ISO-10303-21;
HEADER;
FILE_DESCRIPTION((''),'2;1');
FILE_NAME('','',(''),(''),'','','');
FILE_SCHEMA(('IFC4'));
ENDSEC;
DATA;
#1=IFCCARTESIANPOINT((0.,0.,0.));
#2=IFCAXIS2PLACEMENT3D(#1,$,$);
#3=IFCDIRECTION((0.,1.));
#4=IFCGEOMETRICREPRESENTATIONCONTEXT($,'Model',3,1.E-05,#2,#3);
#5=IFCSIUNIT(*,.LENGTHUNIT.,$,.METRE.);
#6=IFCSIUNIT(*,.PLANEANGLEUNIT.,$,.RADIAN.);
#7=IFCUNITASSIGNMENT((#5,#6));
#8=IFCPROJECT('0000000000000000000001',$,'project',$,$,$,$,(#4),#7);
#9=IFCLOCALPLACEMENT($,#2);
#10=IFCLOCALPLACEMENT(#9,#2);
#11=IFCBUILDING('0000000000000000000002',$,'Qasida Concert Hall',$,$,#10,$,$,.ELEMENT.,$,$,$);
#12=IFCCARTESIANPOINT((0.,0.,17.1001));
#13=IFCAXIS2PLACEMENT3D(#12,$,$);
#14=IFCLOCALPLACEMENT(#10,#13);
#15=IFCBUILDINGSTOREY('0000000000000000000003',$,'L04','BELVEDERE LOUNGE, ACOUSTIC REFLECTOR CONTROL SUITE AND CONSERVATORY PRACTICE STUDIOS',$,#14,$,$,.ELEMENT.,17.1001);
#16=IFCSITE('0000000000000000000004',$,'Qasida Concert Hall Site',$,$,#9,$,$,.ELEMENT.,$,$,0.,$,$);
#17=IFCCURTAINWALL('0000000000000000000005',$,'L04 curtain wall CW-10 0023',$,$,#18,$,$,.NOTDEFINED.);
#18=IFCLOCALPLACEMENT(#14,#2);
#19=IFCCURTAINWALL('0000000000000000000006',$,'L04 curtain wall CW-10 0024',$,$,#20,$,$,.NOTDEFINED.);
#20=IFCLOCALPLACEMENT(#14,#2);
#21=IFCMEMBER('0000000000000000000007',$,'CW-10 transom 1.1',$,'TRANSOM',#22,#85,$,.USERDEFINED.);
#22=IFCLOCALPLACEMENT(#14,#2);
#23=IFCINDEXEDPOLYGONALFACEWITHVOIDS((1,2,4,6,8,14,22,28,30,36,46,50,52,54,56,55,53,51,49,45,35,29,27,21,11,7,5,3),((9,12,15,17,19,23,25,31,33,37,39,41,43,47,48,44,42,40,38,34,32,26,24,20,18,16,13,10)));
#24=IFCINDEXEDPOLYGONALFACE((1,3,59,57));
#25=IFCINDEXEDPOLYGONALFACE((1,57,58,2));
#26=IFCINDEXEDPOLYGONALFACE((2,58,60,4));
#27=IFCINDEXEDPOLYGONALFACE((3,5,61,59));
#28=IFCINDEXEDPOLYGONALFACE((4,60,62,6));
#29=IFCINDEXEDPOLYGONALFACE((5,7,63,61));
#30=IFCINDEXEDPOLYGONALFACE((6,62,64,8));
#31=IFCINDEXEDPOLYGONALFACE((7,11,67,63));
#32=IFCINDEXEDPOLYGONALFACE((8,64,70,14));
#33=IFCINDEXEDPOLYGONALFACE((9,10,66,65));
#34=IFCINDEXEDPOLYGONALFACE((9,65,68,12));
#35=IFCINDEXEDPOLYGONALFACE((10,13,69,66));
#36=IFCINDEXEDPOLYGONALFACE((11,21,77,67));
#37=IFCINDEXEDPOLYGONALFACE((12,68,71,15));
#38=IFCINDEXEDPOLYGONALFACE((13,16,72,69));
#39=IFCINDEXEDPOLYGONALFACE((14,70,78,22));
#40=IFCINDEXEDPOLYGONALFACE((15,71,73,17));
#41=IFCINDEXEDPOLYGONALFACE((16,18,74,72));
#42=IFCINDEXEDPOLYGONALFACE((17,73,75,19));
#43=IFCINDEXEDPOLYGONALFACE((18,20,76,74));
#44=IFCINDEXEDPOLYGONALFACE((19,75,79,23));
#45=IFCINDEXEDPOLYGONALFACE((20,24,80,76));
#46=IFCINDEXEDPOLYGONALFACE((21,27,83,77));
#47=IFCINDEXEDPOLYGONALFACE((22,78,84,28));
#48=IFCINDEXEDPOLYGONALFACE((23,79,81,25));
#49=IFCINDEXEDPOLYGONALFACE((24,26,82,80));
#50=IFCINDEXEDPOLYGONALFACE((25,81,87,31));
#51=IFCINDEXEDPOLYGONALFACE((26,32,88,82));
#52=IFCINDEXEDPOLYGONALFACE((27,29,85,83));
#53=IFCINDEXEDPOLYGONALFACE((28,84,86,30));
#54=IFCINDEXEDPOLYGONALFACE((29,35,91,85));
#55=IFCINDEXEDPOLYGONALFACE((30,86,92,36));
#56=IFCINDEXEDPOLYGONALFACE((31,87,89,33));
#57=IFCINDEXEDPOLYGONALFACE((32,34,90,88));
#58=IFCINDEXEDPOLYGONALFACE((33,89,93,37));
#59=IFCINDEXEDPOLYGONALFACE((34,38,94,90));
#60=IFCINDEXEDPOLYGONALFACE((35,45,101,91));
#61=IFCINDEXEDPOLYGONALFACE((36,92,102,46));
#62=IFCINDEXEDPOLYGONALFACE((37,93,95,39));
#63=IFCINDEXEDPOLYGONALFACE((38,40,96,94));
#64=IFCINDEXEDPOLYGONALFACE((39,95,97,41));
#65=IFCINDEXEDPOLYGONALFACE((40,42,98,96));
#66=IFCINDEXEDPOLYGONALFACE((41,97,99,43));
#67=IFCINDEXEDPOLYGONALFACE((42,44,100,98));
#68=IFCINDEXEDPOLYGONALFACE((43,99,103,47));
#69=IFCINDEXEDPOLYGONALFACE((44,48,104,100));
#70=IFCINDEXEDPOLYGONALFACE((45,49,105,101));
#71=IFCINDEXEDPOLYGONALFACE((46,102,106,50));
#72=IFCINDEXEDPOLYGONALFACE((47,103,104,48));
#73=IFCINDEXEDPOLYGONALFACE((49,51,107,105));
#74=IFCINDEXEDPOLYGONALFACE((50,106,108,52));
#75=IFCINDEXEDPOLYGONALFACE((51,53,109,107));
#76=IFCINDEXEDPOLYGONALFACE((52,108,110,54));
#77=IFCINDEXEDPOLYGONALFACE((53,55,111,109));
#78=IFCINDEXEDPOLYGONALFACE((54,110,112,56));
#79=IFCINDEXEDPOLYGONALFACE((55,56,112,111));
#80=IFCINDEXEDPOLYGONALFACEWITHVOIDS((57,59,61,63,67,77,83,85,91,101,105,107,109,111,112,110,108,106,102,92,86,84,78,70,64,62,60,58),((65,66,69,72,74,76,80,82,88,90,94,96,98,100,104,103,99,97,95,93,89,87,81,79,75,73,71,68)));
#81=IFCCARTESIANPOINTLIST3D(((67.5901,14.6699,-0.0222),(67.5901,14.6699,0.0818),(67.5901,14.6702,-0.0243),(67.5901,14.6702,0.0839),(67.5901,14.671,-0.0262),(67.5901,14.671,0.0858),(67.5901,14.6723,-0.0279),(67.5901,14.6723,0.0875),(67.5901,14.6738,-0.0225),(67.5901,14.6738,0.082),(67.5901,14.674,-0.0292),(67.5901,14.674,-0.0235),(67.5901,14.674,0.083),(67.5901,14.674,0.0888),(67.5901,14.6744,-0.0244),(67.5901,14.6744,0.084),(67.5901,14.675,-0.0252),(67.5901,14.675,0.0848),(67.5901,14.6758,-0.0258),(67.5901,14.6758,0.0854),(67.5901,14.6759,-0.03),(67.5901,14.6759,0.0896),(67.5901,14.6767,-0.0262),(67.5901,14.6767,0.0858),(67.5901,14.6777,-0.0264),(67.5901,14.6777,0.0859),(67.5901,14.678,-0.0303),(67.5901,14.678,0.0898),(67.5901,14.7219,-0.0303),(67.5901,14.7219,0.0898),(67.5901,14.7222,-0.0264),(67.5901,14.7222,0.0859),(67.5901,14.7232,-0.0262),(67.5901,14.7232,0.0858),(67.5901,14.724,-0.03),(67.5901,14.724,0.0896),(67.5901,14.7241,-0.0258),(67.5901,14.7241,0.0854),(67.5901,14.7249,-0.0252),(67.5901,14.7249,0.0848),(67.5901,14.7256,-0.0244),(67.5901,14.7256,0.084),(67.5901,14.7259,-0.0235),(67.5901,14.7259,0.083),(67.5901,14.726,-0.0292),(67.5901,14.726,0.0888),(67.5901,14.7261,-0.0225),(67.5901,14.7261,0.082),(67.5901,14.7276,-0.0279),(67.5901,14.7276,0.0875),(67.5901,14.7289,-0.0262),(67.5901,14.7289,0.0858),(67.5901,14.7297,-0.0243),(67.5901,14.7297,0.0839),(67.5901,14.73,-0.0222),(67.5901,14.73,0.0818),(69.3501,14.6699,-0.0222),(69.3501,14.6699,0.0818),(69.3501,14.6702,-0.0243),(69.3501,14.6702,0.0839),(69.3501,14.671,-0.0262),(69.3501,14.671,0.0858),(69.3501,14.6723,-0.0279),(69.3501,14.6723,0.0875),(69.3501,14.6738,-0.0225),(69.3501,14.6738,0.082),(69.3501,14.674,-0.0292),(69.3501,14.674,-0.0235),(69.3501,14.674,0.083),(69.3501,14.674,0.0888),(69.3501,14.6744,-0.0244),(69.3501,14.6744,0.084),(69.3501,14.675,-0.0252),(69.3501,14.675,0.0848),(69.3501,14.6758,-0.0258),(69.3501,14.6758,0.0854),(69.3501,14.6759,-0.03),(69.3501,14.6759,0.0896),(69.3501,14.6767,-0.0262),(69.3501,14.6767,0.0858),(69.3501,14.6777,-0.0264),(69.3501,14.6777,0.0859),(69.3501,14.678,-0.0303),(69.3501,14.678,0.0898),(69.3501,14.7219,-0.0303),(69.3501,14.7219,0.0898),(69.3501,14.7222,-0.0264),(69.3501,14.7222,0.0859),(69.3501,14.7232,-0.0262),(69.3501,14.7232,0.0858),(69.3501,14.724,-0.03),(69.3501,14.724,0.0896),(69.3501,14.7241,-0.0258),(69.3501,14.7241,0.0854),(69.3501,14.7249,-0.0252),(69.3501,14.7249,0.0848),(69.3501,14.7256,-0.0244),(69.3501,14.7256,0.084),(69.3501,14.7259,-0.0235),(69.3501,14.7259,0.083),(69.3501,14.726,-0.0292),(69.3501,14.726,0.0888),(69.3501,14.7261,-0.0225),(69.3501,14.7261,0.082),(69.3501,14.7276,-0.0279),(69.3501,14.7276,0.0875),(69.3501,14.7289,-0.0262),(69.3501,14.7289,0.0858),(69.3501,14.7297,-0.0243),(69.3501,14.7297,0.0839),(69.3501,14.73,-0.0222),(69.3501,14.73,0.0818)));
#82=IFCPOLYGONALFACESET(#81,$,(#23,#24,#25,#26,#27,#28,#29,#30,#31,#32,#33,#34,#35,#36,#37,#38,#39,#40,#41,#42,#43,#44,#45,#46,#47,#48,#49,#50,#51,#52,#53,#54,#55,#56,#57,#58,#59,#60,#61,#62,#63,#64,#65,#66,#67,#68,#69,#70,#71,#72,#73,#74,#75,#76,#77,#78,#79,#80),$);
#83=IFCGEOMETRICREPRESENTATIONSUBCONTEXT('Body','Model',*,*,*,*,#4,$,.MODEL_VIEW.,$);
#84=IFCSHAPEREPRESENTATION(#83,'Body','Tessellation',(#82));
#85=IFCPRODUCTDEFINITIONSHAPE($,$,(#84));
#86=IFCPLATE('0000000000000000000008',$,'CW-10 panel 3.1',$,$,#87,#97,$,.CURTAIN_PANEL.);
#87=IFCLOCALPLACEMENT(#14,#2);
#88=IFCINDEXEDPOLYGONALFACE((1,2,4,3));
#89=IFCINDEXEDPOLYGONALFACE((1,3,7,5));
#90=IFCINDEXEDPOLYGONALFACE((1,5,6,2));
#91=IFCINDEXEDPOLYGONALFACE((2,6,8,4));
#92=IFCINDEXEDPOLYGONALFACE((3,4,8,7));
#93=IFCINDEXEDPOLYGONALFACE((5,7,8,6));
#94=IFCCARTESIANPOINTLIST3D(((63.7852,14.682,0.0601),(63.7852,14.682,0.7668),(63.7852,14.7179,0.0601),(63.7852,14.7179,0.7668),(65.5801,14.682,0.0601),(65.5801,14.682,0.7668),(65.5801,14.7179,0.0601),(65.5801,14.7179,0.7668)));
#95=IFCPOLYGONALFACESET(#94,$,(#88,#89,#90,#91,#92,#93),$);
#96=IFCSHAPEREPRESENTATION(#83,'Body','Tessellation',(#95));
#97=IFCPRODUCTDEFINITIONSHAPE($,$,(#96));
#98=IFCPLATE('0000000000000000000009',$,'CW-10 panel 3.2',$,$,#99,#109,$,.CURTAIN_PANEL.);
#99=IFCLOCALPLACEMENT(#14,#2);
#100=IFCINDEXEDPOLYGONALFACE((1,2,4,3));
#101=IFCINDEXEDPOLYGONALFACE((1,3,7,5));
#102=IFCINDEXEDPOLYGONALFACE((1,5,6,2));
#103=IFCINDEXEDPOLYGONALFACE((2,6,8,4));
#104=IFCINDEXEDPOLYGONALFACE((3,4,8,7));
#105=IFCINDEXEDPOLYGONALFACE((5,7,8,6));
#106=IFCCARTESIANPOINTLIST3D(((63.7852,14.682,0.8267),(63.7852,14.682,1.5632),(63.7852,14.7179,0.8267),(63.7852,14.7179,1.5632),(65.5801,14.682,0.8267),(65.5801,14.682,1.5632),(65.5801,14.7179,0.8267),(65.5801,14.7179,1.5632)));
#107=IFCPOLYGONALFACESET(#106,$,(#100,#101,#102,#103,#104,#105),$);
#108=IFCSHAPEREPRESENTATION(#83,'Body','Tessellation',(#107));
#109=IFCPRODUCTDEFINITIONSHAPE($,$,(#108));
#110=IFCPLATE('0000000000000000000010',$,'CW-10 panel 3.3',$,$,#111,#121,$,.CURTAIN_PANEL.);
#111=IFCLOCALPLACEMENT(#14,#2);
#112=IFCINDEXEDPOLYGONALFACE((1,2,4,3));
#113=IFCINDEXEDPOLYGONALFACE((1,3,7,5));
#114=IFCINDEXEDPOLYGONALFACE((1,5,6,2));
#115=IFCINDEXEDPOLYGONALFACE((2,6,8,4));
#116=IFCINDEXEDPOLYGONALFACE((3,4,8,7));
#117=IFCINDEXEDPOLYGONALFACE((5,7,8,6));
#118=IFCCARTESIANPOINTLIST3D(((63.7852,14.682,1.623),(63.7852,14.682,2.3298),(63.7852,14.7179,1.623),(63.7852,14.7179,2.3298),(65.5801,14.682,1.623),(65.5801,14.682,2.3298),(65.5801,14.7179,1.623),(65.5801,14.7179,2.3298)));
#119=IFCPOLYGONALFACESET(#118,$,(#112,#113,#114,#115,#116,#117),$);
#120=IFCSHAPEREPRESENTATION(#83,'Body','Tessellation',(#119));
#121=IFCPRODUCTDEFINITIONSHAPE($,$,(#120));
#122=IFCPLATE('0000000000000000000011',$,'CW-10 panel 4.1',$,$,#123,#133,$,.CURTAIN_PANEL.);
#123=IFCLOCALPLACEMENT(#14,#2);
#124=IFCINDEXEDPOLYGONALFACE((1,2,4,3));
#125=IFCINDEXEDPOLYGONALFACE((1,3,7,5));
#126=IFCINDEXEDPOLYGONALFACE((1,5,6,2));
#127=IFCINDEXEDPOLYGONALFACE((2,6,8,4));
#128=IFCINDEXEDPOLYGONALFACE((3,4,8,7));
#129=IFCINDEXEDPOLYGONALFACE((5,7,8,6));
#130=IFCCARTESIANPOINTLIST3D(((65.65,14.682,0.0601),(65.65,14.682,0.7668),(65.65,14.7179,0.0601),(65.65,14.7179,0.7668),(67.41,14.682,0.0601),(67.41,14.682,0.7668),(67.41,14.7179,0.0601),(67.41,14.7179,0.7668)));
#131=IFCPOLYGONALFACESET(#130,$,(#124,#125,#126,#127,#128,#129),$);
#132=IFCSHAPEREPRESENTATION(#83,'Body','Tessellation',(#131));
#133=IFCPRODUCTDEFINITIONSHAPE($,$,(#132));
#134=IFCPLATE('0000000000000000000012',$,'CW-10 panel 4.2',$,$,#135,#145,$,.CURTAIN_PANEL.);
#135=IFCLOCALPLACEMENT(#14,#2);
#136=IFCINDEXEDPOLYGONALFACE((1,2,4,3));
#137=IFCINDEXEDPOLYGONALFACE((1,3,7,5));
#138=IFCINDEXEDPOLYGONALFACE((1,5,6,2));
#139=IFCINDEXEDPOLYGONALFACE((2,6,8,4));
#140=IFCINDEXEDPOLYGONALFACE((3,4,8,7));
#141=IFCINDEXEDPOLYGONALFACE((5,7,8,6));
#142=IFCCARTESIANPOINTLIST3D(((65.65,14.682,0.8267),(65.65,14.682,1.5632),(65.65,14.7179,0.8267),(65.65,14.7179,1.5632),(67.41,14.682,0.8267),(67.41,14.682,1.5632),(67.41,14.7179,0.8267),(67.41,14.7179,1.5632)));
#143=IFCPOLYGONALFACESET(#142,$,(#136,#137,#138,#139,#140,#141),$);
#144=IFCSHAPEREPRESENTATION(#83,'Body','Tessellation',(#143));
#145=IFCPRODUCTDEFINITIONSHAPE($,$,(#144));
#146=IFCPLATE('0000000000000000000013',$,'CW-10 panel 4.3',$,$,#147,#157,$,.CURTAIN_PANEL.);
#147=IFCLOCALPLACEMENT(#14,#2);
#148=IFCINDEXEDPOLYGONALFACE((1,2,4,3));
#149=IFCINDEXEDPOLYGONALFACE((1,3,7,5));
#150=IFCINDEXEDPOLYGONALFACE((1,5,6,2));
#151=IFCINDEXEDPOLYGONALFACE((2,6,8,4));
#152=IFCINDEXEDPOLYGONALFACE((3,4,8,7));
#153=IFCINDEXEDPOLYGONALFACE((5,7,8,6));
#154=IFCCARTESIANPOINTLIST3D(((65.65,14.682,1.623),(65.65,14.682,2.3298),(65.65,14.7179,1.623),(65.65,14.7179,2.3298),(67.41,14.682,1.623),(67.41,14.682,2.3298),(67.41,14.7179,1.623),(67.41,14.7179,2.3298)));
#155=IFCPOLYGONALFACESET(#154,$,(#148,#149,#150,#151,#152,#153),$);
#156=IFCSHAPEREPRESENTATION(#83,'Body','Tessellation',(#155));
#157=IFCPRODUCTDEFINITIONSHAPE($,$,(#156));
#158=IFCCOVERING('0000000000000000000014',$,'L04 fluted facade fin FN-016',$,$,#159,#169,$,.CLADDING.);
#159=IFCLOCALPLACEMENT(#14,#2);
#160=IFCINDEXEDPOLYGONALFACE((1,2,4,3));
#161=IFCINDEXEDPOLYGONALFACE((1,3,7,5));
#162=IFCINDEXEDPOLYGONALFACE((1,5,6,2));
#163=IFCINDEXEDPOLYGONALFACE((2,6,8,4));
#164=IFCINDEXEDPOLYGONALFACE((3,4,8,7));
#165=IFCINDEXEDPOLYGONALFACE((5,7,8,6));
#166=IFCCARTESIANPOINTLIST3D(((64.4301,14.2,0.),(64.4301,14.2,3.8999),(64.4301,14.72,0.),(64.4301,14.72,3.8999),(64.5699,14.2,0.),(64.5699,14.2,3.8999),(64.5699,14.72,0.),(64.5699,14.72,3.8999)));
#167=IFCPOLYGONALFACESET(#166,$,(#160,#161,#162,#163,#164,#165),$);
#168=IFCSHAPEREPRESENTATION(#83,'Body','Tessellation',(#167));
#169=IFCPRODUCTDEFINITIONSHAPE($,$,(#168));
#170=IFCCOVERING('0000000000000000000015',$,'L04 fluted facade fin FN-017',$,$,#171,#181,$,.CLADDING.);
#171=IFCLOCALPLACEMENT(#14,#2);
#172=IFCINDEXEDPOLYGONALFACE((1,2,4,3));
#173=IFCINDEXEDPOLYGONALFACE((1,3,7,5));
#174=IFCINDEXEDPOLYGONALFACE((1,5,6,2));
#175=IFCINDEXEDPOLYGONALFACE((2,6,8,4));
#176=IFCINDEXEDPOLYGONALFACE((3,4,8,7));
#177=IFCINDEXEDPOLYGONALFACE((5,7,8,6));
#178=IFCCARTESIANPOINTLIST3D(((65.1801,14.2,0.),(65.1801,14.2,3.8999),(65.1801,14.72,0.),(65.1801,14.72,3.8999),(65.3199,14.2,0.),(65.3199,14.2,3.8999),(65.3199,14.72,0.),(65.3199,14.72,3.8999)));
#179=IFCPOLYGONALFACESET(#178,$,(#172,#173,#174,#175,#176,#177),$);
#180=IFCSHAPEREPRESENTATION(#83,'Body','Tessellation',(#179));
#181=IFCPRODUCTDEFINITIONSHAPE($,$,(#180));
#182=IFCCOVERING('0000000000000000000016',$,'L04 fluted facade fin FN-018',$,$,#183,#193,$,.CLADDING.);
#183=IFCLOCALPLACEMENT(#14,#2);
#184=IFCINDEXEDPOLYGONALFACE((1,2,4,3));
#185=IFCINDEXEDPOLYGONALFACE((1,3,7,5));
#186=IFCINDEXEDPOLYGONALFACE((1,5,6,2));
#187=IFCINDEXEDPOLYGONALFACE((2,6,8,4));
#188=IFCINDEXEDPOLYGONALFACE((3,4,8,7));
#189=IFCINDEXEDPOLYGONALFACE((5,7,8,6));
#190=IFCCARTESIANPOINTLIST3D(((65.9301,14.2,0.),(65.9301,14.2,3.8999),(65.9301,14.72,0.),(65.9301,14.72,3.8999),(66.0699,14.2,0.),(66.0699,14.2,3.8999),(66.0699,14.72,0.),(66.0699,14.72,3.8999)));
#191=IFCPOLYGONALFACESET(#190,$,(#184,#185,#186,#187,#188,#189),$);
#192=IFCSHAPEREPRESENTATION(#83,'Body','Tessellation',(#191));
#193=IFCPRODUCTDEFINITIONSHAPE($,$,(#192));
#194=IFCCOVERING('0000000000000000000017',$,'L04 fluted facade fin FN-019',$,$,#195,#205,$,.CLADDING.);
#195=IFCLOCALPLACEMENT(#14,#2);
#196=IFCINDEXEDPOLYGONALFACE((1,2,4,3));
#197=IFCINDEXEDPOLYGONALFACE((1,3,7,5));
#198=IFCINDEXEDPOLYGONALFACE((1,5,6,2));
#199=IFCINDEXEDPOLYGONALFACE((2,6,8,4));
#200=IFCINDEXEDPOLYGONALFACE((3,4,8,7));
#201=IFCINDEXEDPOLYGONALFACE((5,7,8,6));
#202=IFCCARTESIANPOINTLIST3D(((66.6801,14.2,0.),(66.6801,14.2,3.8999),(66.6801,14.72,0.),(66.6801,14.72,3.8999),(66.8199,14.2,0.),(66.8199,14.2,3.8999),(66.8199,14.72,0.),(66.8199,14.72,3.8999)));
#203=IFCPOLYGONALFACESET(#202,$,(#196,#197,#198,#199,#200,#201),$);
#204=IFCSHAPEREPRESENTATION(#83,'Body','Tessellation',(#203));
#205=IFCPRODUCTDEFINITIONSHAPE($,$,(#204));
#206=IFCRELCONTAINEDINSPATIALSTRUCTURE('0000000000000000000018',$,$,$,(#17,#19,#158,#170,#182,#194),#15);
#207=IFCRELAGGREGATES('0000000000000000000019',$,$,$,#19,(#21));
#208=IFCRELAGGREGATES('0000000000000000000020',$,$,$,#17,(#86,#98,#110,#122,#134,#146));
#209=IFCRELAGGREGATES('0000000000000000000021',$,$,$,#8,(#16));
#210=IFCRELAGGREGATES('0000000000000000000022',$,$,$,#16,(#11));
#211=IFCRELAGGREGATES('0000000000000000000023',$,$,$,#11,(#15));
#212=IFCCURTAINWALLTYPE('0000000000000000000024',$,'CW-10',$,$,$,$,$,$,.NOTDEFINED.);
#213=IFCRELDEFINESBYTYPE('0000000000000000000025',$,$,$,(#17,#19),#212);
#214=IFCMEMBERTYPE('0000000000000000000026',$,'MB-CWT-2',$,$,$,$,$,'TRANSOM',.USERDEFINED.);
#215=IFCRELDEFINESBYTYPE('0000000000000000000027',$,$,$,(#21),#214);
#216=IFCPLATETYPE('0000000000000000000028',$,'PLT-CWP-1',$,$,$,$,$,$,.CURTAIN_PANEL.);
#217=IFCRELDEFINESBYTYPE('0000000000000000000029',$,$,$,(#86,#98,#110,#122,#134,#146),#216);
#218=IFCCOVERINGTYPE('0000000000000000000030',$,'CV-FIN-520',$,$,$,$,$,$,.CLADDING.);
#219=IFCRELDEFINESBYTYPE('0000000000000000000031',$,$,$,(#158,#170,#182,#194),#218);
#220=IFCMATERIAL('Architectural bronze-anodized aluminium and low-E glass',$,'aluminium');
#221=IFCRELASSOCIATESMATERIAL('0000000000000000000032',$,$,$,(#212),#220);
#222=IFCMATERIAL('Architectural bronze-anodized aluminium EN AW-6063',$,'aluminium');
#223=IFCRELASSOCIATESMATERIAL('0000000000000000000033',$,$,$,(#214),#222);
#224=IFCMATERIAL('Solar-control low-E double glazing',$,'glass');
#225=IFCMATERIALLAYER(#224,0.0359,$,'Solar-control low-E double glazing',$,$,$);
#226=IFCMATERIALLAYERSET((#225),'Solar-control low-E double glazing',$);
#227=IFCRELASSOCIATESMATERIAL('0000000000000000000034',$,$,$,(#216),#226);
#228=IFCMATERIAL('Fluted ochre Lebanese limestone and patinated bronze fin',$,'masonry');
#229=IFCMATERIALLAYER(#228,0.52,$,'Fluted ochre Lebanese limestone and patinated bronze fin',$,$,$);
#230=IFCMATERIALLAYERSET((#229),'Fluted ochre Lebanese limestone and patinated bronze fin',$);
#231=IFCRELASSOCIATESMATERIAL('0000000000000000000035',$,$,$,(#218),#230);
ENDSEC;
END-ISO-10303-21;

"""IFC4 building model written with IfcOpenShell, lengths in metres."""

from ifc_helpers import new_model, si_unit, direction, frame, origin, origin_2d, place, context, subcontext, project, spatial, rectangle, hollow_rectangle, extrude, material, layer, layer_set, material_profile, profile_set, type_object, element, aggregate, save


model = new_model("IFC4")

# Units and contexts
model_context = context("Model", 3, precision=1e-05, world=origin(), true_north=direction((0.0, 1.0)))
body_context = subcontext(model_context, "Body", "Model", "MODEL_VIEW")
ifc_project = project(units=[si_unit("LENGTHUNIT", "METRE"), si_unit("PLANEANGLEUNIT", "RADIAN")], contexts=[model_context])

# Site, building, storey
site_placement = place(None, origin())
site = spatial("IfcSite", under=ifc_project, at=site_placement, Name="Qasida Concert Hall Site", CompositionType="ELEMENT", RefElevation=0.0)
building_placement = place(site_placement, origin())
building = spatial("IfcBuilding", under=site, at=building_placement, Name="Qasida Concert Hall", CompositionType="ELEMENT")
storey_placement = place(building_placement, frame((0.0, 0.0, 17.1001)))
storey = spatial("IfcBuildingStorey", under=building, at=storey_placement, Name="L04", Description="BELVEDERE LOUNGE, ACOUSTIC REFLECTOR CONTROL SUITE AND CONSERVATORY PRACTICE STUDIOS", CompositionType="ELEMENT", Elevation=17.1001)

# Curtain wall
ifc_material_1 = material(Name="Architectural bronze-anodized aluminium and low-E glass", Category="aluminium")
curtain_wall_type = type_object("IfcCurtainWallType", Name="CW-10", PredefinedType="NOTDEFINED", material=ifc_material_1)
curtain_wall_1_placement = place(storey_placement, origin())
curtain_wall_1 = element("IfcCurtainWall", 1, at=curtain_wall_1_placement, inside=storey, type_object=curtain_wall_type, Name="L04 curtain wall CW-10 0023", PredefinedType="NOTDEFINED")
ifc_material_2 = material(Name="Architectural bronze-anodized aluminium EN AW-6063", Category="aluminium")

# Curtain wall
curtain_wall_2_placement = place(storey_placement, origin())
curtain_wall_2 = element("IfcCurtainWall", 2, at=curtain_wall_2_placement, inside=storey, type_object=curtain_wall_type, Name="L04 curtain wall CW-10 0024", PredefinedType="NOTDEFINED")

# Member
ifc_material_profile_1 = material_profile(ifc_material_2, hollow_rectangle(XDim=0.0601, YDim=0.1201, WallThickness=0.0039, InnerFilletRadius=0.0039, OuterFilletRadius=0.0081, at=origin_2d()), Name="CWT 120x60x4")
ifc_profile_set_1 = profile_set([ifc_material_profile_1], Name="Architectural bronze-anodized aluminium EN AW-6063")
member_type_1 = type_object("IfcMemberType", Name="MB-CWT-2", ElementType="TRANSOM", PredefinedType="USERDEFINED", material=ifc_profile_set_1)
member_1_placement = place(storey_placement, frame((67.5901, 14.7, 0.0298), z_axis=(1.0, 0.0, 0.0), x_axis=(0.0, 1.0, 0.0)))
member_1 = element("IfcMember", 3, at=member_1_placement, type_object=member_type_1, Name="CW-10 transom 1.1", ObjectType="TRANSOM", PredefinedType="USERDEFINED", context=body_context, shape_type="SweptSolid", body=[
    extrude(hollow_rectangle(XDim=0.0601, YDim=0.1201, WallThickness=0.0039, InnerFilletRadius=0.0039, OuterFilletRadius=0.0081, at=origin_2d()), origin(), (0.0, 0.0, 1.0), 1.76),
])
aggregate(curtain_wall_2, [member_1])

# Plates
ifc_material_3 = material(Name="Solar-control low-E double glazing", Category="glass")
ifc_layer_1 = layer(ifc_material_3, 0.0359, Name="Solar-control low-E double glazing")
ifc_layer_set_1 = layer_set([ifc_layer_1], Name="Solar-control low-E double glazing")
plate_type = type_object("IfcPlateType", Name="PLT-CWP-1", PredefinedType="CURTAIN_PANEL", material=ifc_layer_set_1)
plate_1_placement = place(storey_placement, frame((64.6826, 14.7, 0.0601), z_axis=(0.0, 0.0, 1.0), x_axis=(1.0, 0.0, 0.0)))
plate_1 = element("IfcPlate", 4, at=plate_1_placement, type_object=plate_type, Name="CW-10 panel 3.1", PredefinedType="CURTAIN_PANEL", context=body_context, shape_type="SweptSolid", body=[
    extrude(rectangle(XDim=1.7949, YDim=0.0359, at=origin_2d()), origin(), (0.0, 0.0, 1.0), 0.7068),
])
plate_2_placement = place(storey_placement, frame((64.6826, 14.7, 0.8267), z_axis=(0.0, 0.0, 1.0), x_axis=(1.0, 0.0, 0.0)))
plate_2 = element("IfcPlate", 5, at=plate_2_placement, type_object=plate_type, Name="CW-10 panel 3.2", PredefinedType="CURTAIN_PANEL", context=body_context, shape_type="SweptSolid", body=[
    extrude(rectangle(XDim=1.7949, YDim=0.0359, at=origin_2d()), origin(), (0.0, 0.0, 1.0), 0.7366),
])
plate_3_placement = place(storey_placement, frame((64.6826, 14.7, 1.623), z_axis=(0.0, 0.0, 1.0), x_axis=(1.0, 0.0, 0.0)))
plate_3 = element("IfcPlate", 6, at=plate_3_placement, type_object=plate_type, Name="CW-10 panel 3.3", PredefinedType="CURTAIN_PANEL", context=body_context, shape_type="SweptSolid", body=[
    extrude(rectangle(XDim=1.7949, YDim=0.0359, at=origin_2d()), origin(), (0.0, 0.0, 1.0), 0.7068),
])
plate_4_placement = place(storey_placement, frame((66.53, 14.7, 0.0601), z_axis=(0.0, 0.0, 1.0), x_axis=(1.0, 0.0, 0.0)))
plate_4 = element("IfcPlate", 7, at=plate_4_placement, type_object=plate_type, Name="CW-10 panel 4.1", PredefinedType="CURTAIN_PANEL", context=body_context, shape_type="SweptSolid", body=[
    extrude(rectangle(XDim=1.76, YDim=0.0359, at=origin_2d()), origin(), (0.0, 0.0, 1.0), 0.7068),
])
plate_5_placement = place(storey_placement, frame((66.53, 14.7, 0.8267), z_axis=(0.0, 0.0, 1.0), x_axis=(1.0, 0.0, 0.0)))
plate_5 = element("IfcPlate", 8, at=plate_5_placement, type_object=plate_type, Name="CW-10 panel 4.2", PredefinedType="CURTAIN_PANEL", context=body_context, shape_type="SweptSolid", body=[
    extrude(rectangle(XDim=1.76, YDim=0.0359, at=origin_2d()), origin(), (0.0, 0.0, 1.0), 0.7366),
])
plate_6_placement = place(storey_placement, frame((66.53, 14.7, 1.623), z_axis=(0.0, 0.0, 1.0), x_axis=(1.0, 0.0, 0.0)))
plate_6 = element("IfcPlate", 9, at=plate_6_placement, type_object=plate_type, Name="CW-10 panel 4.3", PredefinedType="CURTAIN_PANEL", context=body_context, shape_type="SweptSolid", body=[
    extrude(rectangle(XDim=1.76, YDim=0.0359, at=origin_2d()), origin(), (0.0, 0.0, 1.0), 0.7068),
])
aggregate(curtain_wall_1, [plate_1, plate_2, plate_3, plate_4, plate_5, plate_6])

# Coverings
ifc_material_4 = material(Name="Fluted ochre Lebanese limestone and patinated bronze fin", Category="masonry")
ifc_layer_2 = layer(ifc_material_4, 0.52, Name="Fluted ochre Lebanese limestone and patinated bronze fin")
ifc_layer_set_2 = layer_set([ifc_layer_2], Name="Fluted ochre Lebanese limestone and patinated bronze fin")
covering_type = type_object("IfcCoveringType", Name="CV-FIN-520", PredefinedType="CLADDING", material=ifc_layer_set_2)
for number, where, z_axis, x_axis, name in (
    (10, (64.5, 14.46, 0.0), (0.0, 0.0, 1.0), (1.0, 0.0, 0.0), "L04 fluted facade fin FN-016"),
    (11, (65.25, 14.46, 0.0), (0.0, 0.0, 1.0), (1.0, 0.0, 0.0), "L04 fluted facade fin FN-017"),
    (12, (66.0, 14.46, 0.0), (0.0, 0.0, 1.0), (1.0, 0.0, 0.0), "L04 fluted facade fin FN-018"),
    (13, (66.75, 14.46, 0.0), (0.0, 0.0, 1.0), (1.0, 0.0, 0.0), "L04 fluted facade fin FN-019"),
):
    element("IfcCovering", number, at=place(storey_placement, frame(where, z_axis=z_axis, x_axis=x_axis)), inside=storey, type_object=covering_type, Name=name, PredefinedType="CLADDING", context=body_context, shape_type="SweptSolid", body=[
        extrude(rectangle(XDim=0.1399, YDim=0.52, at=origin_2d()), origin(), (0.0, 0.0, 1.0), 3.8999),
    ])

save(model, "model.ifc")
